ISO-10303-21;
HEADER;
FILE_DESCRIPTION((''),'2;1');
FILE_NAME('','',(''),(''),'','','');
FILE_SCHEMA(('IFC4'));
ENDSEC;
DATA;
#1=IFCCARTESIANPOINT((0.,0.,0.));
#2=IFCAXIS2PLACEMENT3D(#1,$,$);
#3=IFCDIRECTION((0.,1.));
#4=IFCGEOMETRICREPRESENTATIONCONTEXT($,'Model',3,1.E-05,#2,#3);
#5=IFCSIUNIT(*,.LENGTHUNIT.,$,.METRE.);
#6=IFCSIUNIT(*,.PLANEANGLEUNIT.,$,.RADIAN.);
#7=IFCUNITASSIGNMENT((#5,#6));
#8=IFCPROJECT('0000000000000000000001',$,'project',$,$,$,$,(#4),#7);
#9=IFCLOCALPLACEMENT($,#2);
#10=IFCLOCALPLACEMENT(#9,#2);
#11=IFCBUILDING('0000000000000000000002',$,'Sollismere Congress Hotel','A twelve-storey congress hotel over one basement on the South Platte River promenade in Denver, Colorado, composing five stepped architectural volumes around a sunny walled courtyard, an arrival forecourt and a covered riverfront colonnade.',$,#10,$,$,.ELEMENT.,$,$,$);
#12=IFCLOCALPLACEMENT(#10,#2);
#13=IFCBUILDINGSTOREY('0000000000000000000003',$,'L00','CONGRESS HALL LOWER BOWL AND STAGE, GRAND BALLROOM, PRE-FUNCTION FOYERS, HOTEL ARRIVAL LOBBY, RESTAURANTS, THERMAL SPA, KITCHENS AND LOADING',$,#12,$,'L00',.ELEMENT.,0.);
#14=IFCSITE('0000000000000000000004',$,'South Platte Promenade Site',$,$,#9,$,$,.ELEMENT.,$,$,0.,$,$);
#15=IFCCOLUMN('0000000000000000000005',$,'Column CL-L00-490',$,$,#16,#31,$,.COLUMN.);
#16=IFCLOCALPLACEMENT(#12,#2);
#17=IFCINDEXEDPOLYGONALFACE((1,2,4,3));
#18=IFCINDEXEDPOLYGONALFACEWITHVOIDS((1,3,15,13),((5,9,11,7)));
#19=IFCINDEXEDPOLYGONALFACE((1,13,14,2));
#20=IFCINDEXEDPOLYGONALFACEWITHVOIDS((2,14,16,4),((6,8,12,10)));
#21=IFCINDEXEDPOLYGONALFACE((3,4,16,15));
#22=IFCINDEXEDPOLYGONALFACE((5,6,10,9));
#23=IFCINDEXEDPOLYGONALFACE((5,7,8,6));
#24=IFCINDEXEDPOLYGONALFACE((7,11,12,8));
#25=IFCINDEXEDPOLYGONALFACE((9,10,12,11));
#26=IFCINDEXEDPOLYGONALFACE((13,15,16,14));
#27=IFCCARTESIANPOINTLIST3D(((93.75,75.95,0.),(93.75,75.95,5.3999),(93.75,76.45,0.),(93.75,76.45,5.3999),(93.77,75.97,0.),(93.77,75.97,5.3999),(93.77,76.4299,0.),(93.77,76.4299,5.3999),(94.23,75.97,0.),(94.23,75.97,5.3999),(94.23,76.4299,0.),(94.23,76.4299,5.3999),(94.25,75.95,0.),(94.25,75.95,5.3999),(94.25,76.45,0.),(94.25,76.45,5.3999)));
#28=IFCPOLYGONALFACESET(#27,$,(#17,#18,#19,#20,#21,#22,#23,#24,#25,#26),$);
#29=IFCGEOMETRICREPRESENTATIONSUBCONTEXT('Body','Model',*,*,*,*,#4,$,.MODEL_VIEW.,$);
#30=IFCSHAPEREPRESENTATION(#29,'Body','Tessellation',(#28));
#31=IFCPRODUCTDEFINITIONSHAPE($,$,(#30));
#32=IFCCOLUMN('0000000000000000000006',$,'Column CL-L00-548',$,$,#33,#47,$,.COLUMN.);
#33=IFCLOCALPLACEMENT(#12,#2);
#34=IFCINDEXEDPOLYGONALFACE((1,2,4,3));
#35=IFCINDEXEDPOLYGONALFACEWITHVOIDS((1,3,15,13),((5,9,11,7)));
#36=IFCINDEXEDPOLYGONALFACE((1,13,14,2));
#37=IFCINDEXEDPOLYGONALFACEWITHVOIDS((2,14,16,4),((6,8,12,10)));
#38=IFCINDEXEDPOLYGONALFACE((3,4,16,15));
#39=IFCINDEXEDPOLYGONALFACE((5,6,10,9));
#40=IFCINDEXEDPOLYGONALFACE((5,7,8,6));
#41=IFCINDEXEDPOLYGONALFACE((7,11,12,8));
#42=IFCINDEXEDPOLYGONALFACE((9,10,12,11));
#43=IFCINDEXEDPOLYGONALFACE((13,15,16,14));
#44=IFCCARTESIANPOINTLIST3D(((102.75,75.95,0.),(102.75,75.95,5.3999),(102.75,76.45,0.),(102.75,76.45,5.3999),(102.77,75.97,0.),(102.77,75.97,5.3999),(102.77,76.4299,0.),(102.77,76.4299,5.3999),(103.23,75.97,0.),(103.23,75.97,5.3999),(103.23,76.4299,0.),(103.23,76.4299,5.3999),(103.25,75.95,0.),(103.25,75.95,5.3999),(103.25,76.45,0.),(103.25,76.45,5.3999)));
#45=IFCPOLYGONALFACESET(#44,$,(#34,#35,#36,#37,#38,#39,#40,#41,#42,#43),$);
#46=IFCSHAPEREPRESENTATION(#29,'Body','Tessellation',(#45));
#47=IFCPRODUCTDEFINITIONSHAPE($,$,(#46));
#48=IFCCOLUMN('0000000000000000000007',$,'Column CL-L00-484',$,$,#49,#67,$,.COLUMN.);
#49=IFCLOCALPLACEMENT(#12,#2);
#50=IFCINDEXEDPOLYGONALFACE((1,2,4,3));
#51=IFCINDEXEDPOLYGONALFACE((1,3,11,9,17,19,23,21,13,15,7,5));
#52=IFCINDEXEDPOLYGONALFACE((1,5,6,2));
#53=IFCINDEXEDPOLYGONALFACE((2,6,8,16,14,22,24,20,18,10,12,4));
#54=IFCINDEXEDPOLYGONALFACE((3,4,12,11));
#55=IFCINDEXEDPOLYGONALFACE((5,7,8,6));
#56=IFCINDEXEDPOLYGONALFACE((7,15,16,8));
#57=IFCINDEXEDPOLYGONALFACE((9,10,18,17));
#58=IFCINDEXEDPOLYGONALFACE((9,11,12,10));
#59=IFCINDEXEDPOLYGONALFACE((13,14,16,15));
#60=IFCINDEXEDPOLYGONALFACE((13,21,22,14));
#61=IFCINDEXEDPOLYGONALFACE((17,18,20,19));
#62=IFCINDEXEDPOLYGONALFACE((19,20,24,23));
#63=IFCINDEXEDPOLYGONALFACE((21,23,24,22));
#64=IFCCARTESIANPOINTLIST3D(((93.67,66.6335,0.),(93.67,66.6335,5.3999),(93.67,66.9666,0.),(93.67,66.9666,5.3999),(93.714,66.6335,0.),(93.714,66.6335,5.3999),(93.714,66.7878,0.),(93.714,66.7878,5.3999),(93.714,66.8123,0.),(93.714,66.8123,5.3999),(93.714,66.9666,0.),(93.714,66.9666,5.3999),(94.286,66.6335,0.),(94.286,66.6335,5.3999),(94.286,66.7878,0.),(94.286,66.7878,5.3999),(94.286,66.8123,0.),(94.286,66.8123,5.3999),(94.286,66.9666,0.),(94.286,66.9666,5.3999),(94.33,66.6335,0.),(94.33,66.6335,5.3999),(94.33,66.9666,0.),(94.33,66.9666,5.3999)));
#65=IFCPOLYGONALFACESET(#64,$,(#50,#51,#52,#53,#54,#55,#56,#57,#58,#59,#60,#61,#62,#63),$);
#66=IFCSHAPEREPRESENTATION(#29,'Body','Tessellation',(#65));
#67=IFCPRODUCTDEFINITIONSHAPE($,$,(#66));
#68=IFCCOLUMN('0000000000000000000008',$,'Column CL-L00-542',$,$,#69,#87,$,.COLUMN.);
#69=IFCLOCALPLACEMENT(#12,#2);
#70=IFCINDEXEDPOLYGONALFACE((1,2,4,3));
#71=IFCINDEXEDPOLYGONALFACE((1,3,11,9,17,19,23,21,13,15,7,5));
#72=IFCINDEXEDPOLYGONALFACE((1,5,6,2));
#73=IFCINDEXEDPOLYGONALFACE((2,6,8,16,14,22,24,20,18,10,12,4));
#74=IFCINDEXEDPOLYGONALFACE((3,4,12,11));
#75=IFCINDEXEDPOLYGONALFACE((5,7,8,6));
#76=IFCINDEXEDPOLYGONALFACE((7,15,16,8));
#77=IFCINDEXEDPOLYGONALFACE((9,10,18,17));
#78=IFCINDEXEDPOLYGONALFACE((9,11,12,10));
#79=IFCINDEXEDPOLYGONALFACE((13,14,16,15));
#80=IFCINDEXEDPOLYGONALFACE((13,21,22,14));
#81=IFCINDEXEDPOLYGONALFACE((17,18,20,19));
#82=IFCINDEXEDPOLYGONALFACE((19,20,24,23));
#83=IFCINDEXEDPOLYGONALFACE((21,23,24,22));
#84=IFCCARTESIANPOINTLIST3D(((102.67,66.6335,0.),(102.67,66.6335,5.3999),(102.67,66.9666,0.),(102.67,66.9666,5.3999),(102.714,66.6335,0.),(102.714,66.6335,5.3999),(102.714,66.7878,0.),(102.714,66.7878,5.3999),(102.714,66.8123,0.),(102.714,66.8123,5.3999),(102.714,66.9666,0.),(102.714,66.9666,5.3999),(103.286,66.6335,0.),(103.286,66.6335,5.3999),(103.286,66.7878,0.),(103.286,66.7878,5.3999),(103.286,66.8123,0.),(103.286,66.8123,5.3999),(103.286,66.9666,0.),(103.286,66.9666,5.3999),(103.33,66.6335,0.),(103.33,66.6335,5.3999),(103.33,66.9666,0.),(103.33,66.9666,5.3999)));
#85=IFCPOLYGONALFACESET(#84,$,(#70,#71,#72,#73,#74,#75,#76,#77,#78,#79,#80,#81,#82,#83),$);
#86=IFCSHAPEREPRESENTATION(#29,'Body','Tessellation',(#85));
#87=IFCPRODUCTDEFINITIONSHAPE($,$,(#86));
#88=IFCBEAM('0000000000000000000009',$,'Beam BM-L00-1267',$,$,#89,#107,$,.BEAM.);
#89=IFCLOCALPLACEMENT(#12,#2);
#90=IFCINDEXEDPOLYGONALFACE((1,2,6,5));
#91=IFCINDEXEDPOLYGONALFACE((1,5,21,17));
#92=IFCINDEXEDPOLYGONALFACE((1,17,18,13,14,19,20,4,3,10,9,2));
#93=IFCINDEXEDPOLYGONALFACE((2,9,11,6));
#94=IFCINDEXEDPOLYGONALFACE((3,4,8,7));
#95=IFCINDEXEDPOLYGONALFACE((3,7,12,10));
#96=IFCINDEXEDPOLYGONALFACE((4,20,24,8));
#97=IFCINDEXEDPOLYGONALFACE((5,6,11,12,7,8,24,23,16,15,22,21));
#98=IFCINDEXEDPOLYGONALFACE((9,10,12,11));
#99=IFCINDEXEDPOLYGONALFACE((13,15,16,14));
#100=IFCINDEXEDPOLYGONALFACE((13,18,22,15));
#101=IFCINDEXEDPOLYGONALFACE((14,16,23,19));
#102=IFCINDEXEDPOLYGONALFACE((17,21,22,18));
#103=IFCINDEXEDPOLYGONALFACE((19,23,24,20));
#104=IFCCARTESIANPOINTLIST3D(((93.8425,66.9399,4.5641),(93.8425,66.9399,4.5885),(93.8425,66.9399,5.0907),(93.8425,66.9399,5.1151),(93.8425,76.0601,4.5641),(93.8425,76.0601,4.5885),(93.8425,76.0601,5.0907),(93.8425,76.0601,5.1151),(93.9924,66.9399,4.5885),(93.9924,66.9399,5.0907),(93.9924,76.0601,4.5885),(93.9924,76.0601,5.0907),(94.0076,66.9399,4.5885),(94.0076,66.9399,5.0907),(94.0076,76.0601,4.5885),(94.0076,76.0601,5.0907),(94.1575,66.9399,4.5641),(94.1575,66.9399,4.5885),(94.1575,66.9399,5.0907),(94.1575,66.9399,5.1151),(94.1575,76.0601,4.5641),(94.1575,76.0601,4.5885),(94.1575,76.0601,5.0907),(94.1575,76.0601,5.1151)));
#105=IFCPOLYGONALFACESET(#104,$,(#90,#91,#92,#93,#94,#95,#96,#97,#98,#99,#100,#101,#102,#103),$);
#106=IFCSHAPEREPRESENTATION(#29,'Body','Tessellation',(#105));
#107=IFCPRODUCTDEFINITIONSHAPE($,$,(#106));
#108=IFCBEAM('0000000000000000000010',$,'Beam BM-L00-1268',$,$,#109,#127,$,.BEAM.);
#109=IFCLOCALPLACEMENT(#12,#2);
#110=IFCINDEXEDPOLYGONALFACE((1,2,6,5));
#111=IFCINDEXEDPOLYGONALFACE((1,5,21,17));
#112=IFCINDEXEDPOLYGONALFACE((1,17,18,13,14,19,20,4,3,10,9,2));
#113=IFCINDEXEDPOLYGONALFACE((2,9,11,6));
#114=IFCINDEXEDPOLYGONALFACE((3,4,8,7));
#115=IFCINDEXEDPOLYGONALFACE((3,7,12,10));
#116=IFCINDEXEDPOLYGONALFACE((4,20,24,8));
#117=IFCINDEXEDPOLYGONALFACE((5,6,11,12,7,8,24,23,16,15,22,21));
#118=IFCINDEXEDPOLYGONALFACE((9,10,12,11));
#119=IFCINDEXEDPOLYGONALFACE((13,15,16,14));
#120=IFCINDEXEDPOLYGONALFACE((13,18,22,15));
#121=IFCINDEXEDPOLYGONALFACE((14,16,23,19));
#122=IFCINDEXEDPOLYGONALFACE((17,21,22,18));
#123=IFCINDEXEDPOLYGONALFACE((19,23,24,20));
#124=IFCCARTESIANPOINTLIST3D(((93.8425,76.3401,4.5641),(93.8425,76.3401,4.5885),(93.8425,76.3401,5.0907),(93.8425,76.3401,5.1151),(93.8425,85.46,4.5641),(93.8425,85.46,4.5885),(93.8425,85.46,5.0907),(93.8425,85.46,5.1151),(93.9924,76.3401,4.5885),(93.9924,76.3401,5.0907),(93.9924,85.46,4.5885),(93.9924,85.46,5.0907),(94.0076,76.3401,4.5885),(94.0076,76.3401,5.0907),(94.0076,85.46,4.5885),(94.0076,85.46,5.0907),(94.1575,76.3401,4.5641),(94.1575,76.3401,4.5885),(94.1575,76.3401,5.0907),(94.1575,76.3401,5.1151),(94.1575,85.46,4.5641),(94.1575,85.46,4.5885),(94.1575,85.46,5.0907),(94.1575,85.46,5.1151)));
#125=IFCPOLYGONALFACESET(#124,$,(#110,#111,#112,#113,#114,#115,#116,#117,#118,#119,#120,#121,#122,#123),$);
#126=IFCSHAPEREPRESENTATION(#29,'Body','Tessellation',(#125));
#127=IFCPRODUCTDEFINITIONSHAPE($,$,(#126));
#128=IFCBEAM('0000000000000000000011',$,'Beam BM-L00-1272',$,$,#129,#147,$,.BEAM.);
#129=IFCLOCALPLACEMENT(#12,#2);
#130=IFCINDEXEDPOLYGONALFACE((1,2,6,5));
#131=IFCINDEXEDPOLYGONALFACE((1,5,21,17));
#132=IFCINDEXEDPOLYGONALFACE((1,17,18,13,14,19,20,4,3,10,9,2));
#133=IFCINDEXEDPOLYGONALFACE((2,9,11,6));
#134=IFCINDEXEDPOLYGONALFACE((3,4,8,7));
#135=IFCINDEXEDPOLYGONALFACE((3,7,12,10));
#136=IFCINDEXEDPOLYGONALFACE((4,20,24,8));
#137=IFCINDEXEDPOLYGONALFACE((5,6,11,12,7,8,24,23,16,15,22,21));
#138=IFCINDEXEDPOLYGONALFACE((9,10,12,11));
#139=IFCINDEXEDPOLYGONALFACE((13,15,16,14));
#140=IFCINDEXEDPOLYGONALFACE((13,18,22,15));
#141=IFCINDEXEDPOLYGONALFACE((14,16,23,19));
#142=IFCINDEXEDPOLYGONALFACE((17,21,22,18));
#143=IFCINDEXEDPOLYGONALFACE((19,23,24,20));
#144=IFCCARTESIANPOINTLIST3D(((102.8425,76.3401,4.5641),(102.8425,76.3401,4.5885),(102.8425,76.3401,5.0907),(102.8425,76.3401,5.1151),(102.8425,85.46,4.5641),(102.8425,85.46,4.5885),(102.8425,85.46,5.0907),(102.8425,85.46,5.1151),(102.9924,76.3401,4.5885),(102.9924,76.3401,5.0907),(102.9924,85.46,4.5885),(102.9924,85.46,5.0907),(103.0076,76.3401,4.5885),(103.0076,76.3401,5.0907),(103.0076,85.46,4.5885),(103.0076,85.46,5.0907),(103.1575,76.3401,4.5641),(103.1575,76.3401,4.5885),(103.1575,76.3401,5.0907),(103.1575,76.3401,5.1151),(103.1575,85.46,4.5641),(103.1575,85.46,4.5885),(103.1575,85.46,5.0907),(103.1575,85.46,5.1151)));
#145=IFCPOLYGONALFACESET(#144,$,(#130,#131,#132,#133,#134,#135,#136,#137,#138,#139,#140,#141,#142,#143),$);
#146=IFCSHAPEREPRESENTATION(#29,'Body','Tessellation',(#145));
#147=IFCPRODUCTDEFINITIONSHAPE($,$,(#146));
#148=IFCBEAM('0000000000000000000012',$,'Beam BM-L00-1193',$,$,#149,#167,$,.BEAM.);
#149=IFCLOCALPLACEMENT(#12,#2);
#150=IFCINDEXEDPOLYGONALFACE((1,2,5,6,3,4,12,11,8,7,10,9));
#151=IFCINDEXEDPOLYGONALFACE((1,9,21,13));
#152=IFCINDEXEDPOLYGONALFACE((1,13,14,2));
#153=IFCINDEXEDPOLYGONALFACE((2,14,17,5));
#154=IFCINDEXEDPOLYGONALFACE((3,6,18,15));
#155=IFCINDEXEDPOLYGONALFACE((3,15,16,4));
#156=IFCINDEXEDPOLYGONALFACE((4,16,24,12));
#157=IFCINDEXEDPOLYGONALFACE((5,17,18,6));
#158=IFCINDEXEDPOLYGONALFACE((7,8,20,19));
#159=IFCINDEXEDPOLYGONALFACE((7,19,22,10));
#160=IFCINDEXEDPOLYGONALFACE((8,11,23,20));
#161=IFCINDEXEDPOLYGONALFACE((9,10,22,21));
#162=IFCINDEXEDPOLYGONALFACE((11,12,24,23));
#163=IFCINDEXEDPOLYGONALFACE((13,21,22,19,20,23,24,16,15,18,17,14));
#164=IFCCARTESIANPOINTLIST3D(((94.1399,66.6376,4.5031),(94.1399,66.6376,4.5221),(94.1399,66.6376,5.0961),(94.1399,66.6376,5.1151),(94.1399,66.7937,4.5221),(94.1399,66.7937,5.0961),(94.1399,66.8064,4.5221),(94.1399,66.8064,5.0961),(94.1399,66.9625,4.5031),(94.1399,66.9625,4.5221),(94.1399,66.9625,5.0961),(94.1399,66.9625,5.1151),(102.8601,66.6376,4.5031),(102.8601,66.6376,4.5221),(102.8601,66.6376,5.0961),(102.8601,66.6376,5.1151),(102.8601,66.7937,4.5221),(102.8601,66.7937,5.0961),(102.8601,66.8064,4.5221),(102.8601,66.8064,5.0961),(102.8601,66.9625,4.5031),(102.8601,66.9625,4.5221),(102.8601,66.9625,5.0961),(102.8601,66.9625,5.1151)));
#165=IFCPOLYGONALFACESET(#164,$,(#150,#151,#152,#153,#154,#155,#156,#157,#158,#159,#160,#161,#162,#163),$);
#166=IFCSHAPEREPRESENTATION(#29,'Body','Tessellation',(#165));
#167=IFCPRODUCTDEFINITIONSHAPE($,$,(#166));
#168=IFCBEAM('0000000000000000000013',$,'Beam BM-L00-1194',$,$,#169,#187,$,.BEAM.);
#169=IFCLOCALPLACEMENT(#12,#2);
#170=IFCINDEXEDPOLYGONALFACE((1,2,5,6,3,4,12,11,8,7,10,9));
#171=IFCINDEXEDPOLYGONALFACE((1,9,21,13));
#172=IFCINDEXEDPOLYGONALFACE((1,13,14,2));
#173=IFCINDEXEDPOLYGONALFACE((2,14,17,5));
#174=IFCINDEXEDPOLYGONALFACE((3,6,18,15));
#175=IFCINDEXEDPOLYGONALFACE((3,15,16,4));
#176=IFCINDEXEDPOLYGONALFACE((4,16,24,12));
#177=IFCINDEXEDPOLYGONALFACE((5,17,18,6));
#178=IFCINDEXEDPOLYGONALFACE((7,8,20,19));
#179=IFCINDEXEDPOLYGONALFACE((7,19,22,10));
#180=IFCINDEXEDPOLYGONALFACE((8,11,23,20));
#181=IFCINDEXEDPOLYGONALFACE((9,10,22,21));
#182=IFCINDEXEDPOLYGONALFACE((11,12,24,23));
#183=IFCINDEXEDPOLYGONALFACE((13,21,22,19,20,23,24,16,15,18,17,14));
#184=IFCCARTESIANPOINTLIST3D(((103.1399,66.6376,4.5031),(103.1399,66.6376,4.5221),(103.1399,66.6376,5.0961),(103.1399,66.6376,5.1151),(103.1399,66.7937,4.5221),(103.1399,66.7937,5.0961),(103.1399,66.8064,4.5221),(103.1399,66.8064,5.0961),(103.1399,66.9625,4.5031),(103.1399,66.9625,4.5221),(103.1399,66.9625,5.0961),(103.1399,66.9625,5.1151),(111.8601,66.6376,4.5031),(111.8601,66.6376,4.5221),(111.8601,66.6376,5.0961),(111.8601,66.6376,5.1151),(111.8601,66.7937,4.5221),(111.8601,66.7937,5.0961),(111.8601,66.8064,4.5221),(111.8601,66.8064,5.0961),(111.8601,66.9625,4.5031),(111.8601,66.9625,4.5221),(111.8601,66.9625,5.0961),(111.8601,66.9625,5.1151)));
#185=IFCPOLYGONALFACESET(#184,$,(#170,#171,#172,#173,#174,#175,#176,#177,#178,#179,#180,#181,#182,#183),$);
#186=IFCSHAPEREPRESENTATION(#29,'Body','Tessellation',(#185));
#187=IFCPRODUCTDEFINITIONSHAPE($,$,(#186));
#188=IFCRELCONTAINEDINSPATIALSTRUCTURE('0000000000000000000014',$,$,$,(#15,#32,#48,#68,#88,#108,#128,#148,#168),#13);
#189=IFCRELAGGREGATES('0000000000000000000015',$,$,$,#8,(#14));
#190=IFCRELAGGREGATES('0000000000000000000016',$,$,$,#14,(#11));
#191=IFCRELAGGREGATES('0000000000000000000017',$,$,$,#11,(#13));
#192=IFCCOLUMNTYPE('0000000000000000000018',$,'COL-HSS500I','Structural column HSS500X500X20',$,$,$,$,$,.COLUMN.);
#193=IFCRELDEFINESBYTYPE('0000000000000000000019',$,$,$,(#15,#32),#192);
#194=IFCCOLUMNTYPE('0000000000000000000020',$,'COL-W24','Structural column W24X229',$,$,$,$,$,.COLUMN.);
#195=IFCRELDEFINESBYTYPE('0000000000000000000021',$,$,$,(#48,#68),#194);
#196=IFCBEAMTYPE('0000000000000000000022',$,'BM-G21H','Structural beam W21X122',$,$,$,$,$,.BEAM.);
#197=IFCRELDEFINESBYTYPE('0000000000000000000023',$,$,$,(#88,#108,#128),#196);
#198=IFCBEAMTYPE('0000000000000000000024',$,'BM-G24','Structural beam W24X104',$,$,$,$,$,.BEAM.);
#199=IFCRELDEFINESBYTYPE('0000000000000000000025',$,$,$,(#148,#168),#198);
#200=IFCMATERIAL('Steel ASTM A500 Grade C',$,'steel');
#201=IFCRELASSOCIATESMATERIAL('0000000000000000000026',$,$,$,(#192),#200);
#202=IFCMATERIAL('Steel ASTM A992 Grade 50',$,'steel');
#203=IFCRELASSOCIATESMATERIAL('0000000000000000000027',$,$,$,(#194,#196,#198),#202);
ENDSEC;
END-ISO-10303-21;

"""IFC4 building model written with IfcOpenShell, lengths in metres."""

from ifc_helpers import new_model, si_unit, direction, frame, origin, origin_2d, place, context, subcontext, project, spatial, hollow_rectangle, i_section, extrude, material, material_profile, profile_set, type_object, element, save


model = new_model("IFC4")

# Units and contexts
model_context = context("Model", 3, precision=1e-05, world=origin(), true_north=direction((0.0, 1.0)))
body_context = subcontext(model_context, "Body", "Model", "MODEL_VIEW")
ifc_project = project(units=[si_unit("LENGTHUNIT", "METRE"), si_unit("PLANEANGLEUNIT", "RADIAN")], contexts=[model_context])

# Site, building, storey
site_placement = place(None, origin())
site = spatial("IfcSite", under=ifc_project, at=site_placement, Name="South Platte Promenade Site", CompositionType="ELEMENT", RefElevation=0.0)
building_placement = place(site_placement, origin())
building = spatial("IfcBuilding", under=site, at=building_placement, Name="Sollismere Congress Hotel", Description="A twelve-storey congress hotel over one basement on the South Platte River promenade in Denver, Colorado, composing five stepped architectural volumes around a sunny walled courtyard, an arrival forecourt and a covered riverfront colonnade.", CompositionType="ELEMENT")
storey_placement = place(building_placement, origin())
storey = spatial("IfcBuildingStorey", under=building, at=storey_placement, Name="L00", Description="CONGRESS HALL LOWER BOWL AND STAGE, GRAND BALLROOM, PRE-FUNCTION FOYERS, HOTEL ARRIVAL LOBBY, RESTAURANTS, THERMAL SPA, KITCHENS AND LOADING", LongName="L00", CompositionType="ELEMENT", Elevation=0.0)

# Columns
ifc_material_1 = material(Name="Steel ASTM A500 Grade C", Category="steel")
ifc_material_profile_1 = material_profile(ifc_material_1, hollow_rectangle(XDim=0.5, YDim=0.5, WallThickness=0.02, at=origin_2d()), Name="HSS500X500X20")
ifc_profile_set_1 = profile_set([ifc_material_profile_1], Name="Steel ASTM A500 Grade C")
column_type_1 = type_object("IfcColumnType", Name="COL-HSS500I", Description="Structural column HSS500X500X20", PredefinedType="COLUMN", material=ifc_profile_set_1)
for number, where, z_axis, x_axis, name in (
    (1, (94.0, 76.2, 0.0), (0.0, 0.0, 1.0), (1.0, 0.0, 0.0), "Column CL-L00-490"),
    (2, (103.0, 76.2, 0.0), (0.0, 0.0, 1.0), (1.0, 0.0, 0.0), "Column CL-L00-548"),
):
    element("IfcColumn", number, at=place(storey_placement, frame(where, z_axis=z_axis, x_axis=x_axis)), inside=storey, type_object=column_type_1, Name=name, PredefinedType="COLUMN", context=body_context, shape_type="SweptSolid", body=[
        extrude(hollow_rectangle(XDim=0.5, YDim=0.5, WallThickness=0.02, at=origin_2d()), origin(), (0.0, 0.0, 1.0), 5.3999),
    ])
ifc_material_2 = material(Name="Steel ASTM A992 Grade 50", Category="steel")
ifc_material_profile_2 = material_profile(ifc_material_2, i_section(OverallWidth=0.333, OverallDepth=0.6599, WebThickness=0.0244, FlangeThickness=0.0439, at=origin_2d()), Name="W24X229")
ifc_profile_set_2 = profile_set([ifc_material_profile_2], Name="Steel ASTM A992 Grade 50")
column_type_2 = type_object("IfcColumnType", Name="COL-W24", Description="Structural column W24X229", PredefinedType="COLUMN", material=ifc_profile_set_2)
for number, where, z_axis, x_axis, name in (
    (3, (94.0, 66.8, 0.0), (0.0, 0.0, 1.0), (0.0, 1.0, 0.0), "Column CL-L00-484"),
    (4, (103.0, 66.8, 0.0), (0.0, 0.0, 1.0), (0.0, 1.0, 0.0), "Column CL-L00-542"),
):
    element("IfcColumn", number, at=place(storey_placement, frame(where, z_axis=z_axis, x_axis=x_axis)), inside=storey, type_object=column_type_2, Name=name, PredefinedType="COLUMN", context=body_context, shape_type="SweptSolid", body=[
        extrude(i_section(OverallWidth=0.333, OverallDepth=0.6599, WebThickness=0.0244, FlangeThickness=0.0439, at=origin_2d()), origin(), (0.0, 0.0, 1.0), 5.3999),
    ])

# Beams
ifc_material_profile_3 = material_profile(ifc_material_2, i_section(OverallWidth=0.3149, OverallDepth=0.551, WebThickness=0.0151, FlangeThickness=0.0244, at=origin_2d()), Name="W21X122")
ifc_profile_set_3 = profile_set([ifc_material_profile_3], Name="Steel ASTM A992 Grade 50")
beam_type_1 = type_object("IfcBeamType", Name="BM-G21H", Description="Structural beam W21X122", PredefinedType="BEAM", material=ifc_profile_set_3)
beam_placement = place(storey_placement, frame((94.0, 66.9399, 4.8396), z_axis=(0.0, 1.0, 0.0), x_axis=(-1.0, 0.0, 0.0)))
element("IfcBeam", 5, at=beam_placement, inside=storey, type_object=beam_type_1, Name="Beam BM-L00-1267", PredefinedType="BEAM", context=body_context, shape_type="SweptSolid", body=[
    extrude(i_section(OverallWidth=0.3149, OverallDepth=0.551, WebThickness=0.0151, FlangeThickness=0.0244, at=origin_2d()), origin(), (0.0, 0.0, 1.0), 9.1201),
])
for number, where, z_axis, x_axis, name in (
    (6, (94.0, 76.3401, 4.8396), (0.0, 1.0, 0.0), (-1.0, 0.0, 0.0), "Beam BM-L00-1268"),
    (7, (103.0, 76.3401, 4.8396), (0.0, 1.0, 0.0), (-1.0, 0.0, 0.0), "Beam BM-L00-1272"),
):
    element("IfcBeam", number, at=place(storey_placement, frame(where, z_axis=z_axis, x_axis=x_axis)), inside=storey, type_object=beam_type_1, Name=name, PredefinedType="BEAM", context=body_context, shape_type="SweptSolid", body=[
        extrude(i_section(OverallWidth=0.3149, OverallDepth=0.551, WebThickness=0.0151, FlangeThickness=0.0244, at=origin_2d()), origin(), (0.0, 0.0, 1.0), 9.1199),
    ])
ifc_material_profile_4 = material_profile(ifc_material_2, i_section(OverallWidth=0.325, OverallDepth=0.6121, WebThickness=0.0127, FlangeThickness=0.019, at=origin_2d()), Name="W24X104")
ifc_profile_set_4 = profile_set([ifc_material_profile_4], Name="Steel ASTM A992 Grade 50")
beam_type_2 = type_object("IfcBeamType", Name="BM-G24", Description="Structural beam W24X104", PredefinedType="BEAM", material=ifc_profile_set_4)
for number, where, z_axis, x_axis, name in (
    (8, (94.1399, 66.8, 4.8091), (1.0, 0.0, 0.0), (0.0, 1.0, 0.0), "Beam BM-L00-1193"),
    (9, (103.1399, 66.8, 4.8091), (1.0, 0.0, 0.0), (0.0, 1.0, 0.0), "Beam BM-L00-1194"),
):
    element("IfcBeam", number, at=place(storey_placement, frame(where, z_axis=z_axis, x_axis=x_axis)), inside=storey, type_object=beam_type_2, Name=name, PredefinedType="BEAM", context=body_context, shape_type="SweptSolid", body=[
        extrude(i_section(OverallWidth=0.325, OverallDepth=0.6121, WebThickness=0.0127, FlangeThickness=0.019, at=origin_2d()), origin(), (0.0, 0.0, 1.0), 8.7202),
    ])

save(model, "model.ifc")
